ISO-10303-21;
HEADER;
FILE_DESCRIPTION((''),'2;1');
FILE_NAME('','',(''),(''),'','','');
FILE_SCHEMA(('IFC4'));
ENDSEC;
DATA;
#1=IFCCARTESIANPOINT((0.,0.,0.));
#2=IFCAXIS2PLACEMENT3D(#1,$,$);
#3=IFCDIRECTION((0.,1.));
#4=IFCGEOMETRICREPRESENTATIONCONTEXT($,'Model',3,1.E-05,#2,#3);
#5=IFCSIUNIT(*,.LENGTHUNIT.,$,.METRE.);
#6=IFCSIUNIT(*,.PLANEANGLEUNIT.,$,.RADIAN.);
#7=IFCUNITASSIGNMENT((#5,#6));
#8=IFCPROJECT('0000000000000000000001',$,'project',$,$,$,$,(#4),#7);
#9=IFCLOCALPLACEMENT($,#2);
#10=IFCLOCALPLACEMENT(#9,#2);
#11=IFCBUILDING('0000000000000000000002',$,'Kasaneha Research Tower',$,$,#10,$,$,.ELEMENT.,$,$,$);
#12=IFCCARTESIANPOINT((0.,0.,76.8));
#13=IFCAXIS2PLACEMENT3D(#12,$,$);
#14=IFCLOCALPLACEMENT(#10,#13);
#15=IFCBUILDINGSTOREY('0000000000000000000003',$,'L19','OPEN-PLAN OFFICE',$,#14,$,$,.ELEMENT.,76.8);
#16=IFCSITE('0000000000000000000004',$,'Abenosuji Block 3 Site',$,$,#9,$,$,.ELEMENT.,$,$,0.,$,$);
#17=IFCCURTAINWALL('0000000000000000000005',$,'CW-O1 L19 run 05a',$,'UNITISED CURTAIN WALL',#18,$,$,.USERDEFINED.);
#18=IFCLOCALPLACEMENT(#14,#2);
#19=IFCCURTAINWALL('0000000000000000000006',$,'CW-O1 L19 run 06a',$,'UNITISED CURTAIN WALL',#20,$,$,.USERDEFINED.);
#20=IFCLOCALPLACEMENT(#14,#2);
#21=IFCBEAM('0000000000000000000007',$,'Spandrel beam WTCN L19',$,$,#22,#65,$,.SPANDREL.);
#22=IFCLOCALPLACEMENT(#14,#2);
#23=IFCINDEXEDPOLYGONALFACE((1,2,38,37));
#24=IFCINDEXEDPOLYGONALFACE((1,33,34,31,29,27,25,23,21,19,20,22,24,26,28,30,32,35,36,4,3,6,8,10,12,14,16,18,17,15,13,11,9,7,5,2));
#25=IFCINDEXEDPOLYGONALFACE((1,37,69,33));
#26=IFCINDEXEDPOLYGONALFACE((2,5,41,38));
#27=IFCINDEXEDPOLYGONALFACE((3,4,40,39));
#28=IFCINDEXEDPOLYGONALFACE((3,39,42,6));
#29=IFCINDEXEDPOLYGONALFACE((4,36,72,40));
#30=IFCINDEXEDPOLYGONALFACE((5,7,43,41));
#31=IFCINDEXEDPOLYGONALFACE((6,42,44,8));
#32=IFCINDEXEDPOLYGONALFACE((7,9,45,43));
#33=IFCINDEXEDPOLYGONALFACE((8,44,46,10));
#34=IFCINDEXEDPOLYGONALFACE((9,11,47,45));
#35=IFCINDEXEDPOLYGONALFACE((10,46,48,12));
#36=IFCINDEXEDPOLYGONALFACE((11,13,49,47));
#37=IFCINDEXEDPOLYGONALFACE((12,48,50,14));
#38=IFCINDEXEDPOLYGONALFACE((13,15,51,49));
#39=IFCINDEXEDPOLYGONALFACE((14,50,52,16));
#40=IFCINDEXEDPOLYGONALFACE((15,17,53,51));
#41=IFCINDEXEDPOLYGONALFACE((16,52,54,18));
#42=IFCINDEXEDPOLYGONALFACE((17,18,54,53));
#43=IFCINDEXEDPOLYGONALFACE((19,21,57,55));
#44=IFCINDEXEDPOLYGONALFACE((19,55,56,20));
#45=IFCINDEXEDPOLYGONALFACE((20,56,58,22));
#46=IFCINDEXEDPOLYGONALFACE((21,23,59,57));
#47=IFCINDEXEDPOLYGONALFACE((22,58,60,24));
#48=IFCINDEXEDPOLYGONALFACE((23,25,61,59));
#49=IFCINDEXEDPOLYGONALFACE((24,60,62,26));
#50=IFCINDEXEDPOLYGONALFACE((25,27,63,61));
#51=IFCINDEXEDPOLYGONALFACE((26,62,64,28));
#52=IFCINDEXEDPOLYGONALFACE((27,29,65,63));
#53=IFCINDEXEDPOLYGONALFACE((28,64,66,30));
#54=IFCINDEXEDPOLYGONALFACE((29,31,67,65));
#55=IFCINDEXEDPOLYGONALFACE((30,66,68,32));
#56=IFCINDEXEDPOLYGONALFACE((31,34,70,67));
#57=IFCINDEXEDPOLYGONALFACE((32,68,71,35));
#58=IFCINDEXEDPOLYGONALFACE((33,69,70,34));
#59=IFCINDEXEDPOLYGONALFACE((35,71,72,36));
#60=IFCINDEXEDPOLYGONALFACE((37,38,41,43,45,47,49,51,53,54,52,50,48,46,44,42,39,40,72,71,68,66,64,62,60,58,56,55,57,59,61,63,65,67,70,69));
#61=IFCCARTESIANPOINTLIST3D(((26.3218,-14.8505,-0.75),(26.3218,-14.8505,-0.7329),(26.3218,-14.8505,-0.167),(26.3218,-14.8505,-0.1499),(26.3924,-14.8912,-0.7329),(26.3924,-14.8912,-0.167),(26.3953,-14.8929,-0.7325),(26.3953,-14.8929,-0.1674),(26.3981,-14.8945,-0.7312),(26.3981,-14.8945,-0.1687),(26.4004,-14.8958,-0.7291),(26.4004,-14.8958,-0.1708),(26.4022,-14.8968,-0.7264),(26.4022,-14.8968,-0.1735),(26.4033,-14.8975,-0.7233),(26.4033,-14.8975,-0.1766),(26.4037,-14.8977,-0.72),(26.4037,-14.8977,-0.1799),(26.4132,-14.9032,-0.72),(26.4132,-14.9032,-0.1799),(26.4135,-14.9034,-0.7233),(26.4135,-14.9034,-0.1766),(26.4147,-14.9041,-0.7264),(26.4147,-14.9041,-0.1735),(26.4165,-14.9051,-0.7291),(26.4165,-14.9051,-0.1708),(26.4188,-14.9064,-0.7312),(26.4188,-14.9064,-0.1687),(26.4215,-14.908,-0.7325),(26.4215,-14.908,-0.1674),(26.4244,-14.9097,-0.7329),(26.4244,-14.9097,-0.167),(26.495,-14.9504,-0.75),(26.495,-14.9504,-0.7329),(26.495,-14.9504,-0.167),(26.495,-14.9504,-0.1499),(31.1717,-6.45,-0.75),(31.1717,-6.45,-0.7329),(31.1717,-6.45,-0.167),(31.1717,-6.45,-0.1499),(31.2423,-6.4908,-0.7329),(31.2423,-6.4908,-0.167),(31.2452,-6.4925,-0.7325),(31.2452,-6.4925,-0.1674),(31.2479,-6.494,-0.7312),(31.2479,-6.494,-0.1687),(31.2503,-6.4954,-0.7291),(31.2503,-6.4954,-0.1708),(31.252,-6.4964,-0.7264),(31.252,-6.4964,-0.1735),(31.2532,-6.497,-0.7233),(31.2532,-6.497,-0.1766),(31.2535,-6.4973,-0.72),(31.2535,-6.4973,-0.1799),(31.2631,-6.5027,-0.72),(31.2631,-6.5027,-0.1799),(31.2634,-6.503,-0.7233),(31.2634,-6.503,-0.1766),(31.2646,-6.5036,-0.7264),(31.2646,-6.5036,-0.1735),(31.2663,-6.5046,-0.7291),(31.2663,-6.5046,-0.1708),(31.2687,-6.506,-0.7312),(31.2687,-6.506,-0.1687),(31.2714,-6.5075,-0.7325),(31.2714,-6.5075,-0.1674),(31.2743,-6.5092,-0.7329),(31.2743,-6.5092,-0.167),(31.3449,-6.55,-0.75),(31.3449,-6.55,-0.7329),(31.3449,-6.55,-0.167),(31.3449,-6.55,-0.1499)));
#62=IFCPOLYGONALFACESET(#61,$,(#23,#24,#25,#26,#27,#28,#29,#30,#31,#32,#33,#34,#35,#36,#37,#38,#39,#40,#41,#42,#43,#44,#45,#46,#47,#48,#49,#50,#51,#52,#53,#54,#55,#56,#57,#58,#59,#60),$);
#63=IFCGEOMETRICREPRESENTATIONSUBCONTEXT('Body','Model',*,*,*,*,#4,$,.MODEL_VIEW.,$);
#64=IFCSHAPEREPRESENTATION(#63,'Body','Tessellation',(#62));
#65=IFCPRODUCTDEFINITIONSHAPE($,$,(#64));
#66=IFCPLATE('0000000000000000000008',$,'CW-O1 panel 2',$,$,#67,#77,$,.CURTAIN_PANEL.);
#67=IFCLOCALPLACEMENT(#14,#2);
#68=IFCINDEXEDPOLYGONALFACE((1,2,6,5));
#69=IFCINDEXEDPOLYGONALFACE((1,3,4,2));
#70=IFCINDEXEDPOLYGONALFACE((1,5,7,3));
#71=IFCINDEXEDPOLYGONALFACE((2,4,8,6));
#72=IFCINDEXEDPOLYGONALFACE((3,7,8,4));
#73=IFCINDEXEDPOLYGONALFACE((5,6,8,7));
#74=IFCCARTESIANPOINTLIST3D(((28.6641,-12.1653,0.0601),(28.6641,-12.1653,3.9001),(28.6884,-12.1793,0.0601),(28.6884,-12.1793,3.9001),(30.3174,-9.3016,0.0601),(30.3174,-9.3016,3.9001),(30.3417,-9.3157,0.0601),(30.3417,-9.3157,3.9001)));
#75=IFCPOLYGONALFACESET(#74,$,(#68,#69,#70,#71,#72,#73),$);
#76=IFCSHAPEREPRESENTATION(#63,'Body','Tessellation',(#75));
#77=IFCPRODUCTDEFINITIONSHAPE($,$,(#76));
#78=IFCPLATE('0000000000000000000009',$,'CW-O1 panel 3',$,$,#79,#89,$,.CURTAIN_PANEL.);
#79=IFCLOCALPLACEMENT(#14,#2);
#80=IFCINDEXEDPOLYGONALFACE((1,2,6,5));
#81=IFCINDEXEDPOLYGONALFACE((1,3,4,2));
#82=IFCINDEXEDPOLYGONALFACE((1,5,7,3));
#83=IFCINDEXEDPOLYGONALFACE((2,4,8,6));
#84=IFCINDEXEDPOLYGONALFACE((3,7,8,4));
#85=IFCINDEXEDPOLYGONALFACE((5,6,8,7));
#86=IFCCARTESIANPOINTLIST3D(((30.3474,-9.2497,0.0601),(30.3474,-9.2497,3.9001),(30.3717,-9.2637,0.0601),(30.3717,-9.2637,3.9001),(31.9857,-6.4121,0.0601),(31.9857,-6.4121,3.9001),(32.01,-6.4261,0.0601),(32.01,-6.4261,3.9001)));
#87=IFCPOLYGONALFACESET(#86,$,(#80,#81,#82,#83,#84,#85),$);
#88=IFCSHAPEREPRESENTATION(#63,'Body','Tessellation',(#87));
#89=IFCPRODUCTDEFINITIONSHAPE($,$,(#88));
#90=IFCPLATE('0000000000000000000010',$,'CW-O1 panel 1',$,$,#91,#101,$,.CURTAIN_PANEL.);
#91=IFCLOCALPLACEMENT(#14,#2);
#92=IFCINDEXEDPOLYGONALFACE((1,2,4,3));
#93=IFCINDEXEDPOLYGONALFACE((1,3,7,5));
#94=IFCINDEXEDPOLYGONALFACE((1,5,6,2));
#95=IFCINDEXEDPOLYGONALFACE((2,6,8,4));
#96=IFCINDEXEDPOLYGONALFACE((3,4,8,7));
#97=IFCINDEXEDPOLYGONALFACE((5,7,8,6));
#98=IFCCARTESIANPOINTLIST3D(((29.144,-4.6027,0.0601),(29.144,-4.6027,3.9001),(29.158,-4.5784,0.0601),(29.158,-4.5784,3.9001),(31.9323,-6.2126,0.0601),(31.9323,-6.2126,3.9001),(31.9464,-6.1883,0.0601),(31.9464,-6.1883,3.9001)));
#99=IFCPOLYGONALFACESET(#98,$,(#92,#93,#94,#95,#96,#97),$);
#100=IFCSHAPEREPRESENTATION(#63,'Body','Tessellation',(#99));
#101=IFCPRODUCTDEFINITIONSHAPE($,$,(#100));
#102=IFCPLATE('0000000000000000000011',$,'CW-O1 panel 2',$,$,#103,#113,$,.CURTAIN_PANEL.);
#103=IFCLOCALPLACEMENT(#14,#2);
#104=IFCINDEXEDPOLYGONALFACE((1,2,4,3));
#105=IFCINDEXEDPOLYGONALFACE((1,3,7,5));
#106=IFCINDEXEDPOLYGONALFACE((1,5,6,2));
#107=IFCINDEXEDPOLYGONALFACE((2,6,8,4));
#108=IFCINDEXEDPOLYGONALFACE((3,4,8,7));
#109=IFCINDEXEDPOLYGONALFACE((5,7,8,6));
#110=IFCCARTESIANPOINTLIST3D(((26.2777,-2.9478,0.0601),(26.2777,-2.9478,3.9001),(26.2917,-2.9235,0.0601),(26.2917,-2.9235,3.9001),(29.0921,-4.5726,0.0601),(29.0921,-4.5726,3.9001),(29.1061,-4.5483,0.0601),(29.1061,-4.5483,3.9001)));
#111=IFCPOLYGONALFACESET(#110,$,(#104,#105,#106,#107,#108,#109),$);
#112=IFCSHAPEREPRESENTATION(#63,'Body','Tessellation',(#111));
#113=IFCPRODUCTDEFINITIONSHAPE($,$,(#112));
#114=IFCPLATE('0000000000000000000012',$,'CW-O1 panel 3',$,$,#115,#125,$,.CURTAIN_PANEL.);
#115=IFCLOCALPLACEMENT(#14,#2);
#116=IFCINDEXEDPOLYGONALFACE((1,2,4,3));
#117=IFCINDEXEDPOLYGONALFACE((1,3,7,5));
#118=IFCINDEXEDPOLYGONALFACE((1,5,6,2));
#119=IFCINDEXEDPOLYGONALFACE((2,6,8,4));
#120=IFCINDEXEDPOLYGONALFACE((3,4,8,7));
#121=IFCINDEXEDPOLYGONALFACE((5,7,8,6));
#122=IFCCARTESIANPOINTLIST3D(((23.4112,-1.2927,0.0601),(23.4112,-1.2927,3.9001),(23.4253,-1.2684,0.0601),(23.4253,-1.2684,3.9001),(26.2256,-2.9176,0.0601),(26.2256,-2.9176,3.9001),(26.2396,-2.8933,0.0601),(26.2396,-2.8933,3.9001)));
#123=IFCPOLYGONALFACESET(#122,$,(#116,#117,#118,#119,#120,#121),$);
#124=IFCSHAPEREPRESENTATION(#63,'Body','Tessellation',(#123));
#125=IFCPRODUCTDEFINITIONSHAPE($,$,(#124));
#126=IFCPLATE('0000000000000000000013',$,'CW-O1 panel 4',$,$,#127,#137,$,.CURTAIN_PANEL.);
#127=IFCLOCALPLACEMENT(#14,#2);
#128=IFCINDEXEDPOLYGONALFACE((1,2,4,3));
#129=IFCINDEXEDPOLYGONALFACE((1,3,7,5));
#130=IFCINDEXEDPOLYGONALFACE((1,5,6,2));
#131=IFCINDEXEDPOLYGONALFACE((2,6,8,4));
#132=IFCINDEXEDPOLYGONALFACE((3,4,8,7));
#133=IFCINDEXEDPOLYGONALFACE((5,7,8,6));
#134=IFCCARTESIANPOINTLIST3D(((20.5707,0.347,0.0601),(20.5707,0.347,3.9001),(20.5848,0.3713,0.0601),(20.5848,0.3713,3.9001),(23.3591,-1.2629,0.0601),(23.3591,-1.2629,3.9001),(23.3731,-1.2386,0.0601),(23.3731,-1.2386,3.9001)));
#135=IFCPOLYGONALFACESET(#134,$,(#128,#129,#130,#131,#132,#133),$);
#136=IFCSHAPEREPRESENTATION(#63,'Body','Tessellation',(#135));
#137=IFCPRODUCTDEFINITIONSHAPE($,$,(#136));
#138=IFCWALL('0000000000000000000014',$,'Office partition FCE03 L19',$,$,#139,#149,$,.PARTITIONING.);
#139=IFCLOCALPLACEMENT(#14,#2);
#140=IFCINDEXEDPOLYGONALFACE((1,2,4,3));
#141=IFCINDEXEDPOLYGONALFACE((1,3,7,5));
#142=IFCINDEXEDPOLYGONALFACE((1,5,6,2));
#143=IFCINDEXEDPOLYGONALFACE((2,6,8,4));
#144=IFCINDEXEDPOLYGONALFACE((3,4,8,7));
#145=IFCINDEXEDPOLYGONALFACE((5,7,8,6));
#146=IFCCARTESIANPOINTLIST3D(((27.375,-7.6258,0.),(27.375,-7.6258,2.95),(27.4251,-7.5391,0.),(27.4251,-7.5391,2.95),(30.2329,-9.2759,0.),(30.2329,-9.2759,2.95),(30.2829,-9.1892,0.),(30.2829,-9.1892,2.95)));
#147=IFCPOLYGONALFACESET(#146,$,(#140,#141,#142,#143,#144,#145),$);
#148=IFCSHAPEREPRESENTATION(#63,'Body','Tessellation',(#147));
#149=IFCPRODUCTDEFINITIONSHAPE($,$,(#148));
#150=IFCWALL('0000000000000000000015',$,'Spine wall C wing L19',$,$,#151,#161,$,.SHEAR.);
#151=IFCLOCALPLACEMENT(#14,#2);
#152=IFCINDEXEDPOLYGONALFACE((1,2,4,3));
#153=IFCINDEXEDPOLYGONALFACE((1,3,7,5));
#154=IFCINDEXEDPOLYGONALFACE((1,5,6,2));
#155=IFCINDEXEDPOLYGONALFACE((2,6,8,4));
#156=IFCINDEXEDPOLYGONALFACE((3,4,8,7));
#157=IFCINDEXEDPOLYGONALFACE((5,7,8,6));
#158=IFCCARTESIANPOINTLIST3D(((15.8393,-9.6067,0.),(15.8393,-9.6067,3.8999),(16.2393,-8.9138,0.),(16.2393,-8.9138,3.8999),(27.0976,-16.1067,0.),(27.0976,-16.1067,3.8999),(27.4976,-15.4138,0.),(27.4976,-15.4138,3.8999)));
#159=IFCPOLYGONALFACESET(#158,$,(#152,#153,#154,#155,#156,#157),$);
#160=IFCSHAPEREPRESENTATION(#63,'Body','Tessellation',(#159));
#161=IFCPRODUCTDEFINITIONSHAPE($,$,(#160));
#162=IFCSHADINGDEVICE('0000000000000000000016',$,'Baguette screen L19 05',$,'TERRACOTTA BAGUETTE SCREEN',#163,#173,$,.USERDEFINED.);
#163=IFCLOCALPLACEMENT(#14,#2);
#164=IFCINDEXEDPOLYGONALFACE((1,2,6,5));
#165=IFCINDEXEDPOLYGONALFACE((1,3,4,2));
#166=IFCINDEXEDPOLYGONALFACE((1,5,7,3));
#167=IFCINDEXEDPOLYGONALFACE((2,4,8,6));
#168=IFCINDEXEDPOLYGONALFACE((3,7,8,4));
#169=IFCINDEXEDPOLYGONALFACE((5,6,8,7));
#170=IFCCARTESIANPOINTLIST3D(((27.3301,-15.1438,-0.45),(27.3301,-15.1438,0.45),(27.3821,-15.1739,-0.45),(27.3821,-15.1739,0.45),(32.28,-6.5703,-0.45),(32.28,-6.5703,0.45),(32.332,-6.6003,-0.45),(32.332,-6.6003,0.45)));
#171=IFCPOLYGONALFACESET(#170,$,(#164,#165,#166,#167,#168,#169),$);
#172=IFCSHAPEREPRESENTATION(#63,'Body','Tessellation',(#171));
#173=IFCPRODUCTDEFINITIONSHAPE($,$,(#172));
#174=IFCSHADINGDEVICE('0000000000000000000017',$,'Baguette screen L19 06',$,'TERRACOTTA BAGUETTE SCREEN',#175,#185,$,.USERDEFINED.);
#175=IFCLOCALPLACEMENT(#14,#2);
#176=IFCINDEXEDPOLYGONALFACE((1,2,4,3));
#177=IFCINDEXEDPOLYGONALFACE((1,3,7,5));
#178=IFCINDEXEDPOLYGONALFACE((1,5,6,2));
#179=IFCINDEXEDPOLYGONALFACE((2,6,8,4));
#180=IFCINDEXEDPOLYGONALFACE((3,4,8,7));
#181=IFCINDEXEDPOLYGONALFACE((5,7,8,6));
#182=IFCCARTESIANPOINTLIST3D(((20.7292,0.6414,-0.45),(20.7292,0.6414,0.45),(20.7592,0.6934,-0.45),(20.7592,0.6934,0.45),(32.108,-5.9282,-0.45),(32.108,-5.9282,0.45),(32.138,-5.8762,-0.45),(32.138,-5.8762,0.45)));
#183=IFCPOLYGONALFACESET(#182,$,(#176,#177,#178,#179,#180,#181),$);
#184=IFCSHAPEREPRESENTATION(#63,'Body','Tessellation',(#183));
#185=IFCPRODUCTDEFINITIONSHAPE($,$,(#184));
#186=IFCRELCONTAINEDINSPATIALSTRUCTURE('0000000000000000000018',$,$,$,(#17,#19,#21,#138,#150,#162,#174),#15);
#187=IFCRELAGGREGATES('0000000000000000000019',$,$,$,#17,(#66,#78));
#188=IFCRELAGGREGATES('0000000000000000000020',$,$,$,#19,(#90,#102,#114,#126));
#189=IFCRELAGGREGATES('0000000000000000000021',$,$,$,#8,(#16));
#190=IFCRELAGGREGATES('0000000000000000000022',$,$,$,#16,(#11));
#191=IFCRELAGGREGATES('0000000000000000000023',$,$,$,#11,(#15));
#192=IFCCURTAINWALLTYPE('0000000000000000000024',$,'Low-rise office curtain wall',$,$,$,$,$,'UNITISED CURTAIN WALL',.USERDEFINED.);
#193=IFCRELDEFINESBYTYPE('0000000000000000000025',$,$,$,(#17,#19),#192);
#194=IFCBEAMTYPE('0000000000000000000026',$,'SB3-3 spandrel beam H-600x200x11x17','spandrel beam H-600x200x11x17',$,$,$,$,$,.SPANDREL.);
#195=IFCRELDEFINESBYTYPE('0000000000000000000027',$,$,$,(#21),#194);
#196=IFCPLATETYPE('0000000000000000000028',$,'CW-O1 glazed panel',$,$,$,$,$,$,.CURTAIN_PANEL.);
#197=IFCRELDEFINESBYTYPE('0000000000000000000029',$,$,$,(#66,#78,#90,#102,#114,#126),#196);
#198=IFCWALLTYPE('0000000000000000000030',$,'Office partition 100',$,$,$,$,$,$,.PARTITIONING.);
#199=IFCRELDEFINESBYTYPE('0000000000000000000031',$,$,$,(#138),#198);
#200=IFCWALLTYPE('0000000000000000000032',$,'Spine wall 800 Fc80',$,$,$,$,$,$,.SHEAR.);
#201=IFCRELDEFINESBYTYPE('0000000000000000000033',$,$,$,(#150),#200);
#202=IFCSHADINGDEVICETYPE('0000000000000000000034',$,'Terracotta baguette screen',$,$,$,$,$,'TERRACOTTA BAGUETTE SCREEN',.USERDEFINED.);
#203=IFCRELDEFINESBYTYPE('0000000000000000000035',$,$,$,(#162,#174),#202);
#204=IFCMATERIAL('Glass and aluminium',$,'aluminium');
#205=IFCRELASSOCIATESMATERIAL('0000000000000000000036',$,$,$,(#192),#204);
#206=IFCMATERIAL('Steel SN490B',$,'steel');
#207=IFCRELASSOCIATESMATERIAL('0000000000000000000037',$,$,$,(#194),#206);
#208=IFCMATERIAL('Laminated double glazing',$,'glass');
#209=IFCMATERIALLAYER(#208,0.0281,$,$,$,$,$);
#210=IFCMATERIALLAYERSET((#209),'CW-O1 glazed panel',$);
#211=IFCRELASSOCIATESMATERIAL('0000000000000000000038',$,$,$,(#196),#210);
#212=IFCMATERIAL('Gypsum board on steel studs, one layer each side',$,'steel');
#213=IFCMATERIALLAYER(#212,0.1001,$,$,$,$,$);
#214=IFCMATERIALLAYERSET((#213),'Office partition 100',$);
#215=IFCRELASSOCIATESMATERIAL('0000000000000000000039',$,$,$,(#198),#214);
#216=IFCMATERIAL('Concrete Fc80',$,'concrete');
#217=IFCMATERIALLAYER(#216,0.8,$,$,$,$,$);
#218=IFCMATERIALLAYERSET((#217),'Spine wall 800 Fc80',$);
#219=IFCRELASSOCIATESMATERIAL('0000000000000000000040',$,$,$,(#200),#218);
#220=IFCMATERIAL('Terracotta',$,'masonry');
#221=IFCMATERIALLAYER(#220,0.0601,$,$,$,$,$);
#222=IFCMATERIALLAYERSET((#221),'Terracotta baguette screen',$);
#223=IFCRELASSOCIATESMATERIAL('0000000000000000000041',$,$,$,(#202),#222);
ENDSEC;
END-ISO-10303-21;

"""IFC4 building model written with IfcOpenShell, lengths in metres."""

from ifc_helpers import new_model, si_unit, direction, frame, frame_2d, origin, origin_2d, place, context, subcontext, project, spatial, rectangle, i_section, extrude, material, layer, layer_set, material_profile, profile_set, type_object, element, aggregate, save


model = new_model("IFC4")

# Units and contexts
model_context = context("Model", 3, precision=1e-05, world=origin(), true_north=direction((0.0, 1.0)))
body_context = subcontext(model_context, "Body", "Model", "MODEL_VIEW")
ifc_project = project(units=[si_unit("LENGTHUNIT", "METRE"), si_unit("PLANEANGLEUNIT", "RADIAN")], contexts=[model_context])

# Site, building, storey
site_placement = place(None, origin())
site = spatial("IfcSite", under=ifc_project, at=site_placement, Name="Abenosuji Block 3 Site", CompositionType="ELEMENT", RefElevation=0.0)
building_placement = place(site_placement, origin())
building = spatial("IfcBuilding", under=site, at=building_placement, Name="Kasaneha Research Tower", CompositionType="ELEMENT")
storey_placement = place(building_placement, frame((0.0, 0.0, 76.8)))
storey = spatial("IfcBuildingStorey", under=building, at=storey_placement, Name="L19", Description="OPEN-PLAN OFFICE", CompositionType="ELEMENT", Elevation=76.8)

# Curtain walls
ifc_material_1 = material(Name="Glass and aluminium", Category="aluminium")
curtain_wall_type = type_object("IfcCurtainWallType", Name="Low-rise office curtain wall", ElementType="UNITISED CURTAIN WALL", PredefinedType="USERDEFINED", material=ifc_material_1)
curtain_wall_1_placement = place(storey_placement, origin())
curtain_wall_1 = element("IfcCurtainWall", 1, at=curtain_wall_1_placement, inside=storey, type_object=curtain_wall_type, Name="CW-O1 L19 run 05a", ObjectType="UNITISED CURTAIN WALL", PredefinedType="USERDEFINED")
curtain_wall_2_placement = place(storey_placement, origin())
curtain_wall_2 = element("IfcCurtainWall", 2, at=curtain_wall_2_placement, inside=storey, type_object=curtain_wall_type, Name="CW-O1 L19 run 06a", ObjectType="UNITISED CURTAIN WALL", PredefinedType="USERDEFINED")

# Beam
ifc_material_2 = material(Name="Steel SN490B", Category="steel")
ifc_material_profile_1 = material_profile(ifc_material_2, i_section(OverallWidth=0.2, OverallDepth=0.6001, WebThickness=0.011, FlangeThickness=0.0171, FilletRadius=0.0129, at=origin_2d()), Name="H-600x200x11x17")
ifc_profile_set_1 = profile_set([ifc_material_profile_1], Name="Steel SN490B")
beam_type_1 = type_object("IfcBeamType", Name="SB3-3 spandrel beam H-600x200x11x17", Description="spandrel beam H-600x200x11x17", PredefinedType="SPANDREL", material=ifc_profile_set_1)
beam_1_placement = place(storey_placement, frame((31.2583, -6.5, -0.45), z_axis=(-0.499991, -0.866031, 0.0), x_axis=(0.866031, -0.499991, 0.0)))
element("IfcBeam", 3, at=beam_1_placement, inside=storey, type_object=beam_type_1, Name="Spandrel beam WTCN L19", PredefinedType="SPANDREL", context=body_context, shape_type="SweptSolid", body=[
    extrude(i_section(OverallWidth=0.2, OverallDepth=0.6001, WebThickness=0.011, FlangeThickness=0.0171, FilletRadius=0.0129, at=origin_2d()), origin(), (0.0, 0.0, 1.0), 9.7),
])

# Plates
ifc_material_3 = material(Name="Laminated double glazing", Category="glass")
ifc_layer_1 = layer(ifc_material_3, 0.0281)
ifc_layer_set_1 = layer_set([ifc_layer_1], Name="CW-O1 glazed panel")
plate_type = type_object("IfcPlateType", Name="CW-O1 glazed panel", PredefinedType="CURTAIN_PANEL", material=ifc_layer_set_1)
plate_1_placement = place(storey_placement, frame((29.5029, -10.7405, 0.0601), z_axis=(0.0, 0.0, 1.0), x_axis=(0.5, 0.866025, 0.0)))
plate_1 = element("IfcPlate", 4, at=plate_1_placement, type_object=plate_type, Name="CW-O1 panel 2", PredefinedType="CURTAIN_PANEL", context=body_context, shape_type="SweptSolid", body=[
    extrude(rectangle(XDim=3.3066, YDim=0.0281, at=origin_2d()), origin(), (0.0, 0.0, 1.0), 3.8401),
])
plate_2_placement = place(storey_placement, frame((31.1787, -7.8379, 0.0601), z_axis=(0.0, 0.0, 1.0), x_axis=(0.5, 0.866025, 0.0)))
plate_2 = element("IfcPlate", 5, at=plate_2_placement, type_object=plate_type, Name="CW-O1 panel 3", PredefinedType="CURTAIN_PANEL", context=body_context, shape_type="SweptSolid", body=[
    extrude(rectangle(XDim=3.2766, YDim=0.0281, at=origin_2d()), origin(), (0.0, 0.0, 1.0), 3.8401),
])
aggregate(curtain_wall_1, [plate_1, plate_2])
plate_3_placement = place(storey_placement, frame((30.5452, -5.3955, 0.0601), z_axis=(0.0, 0.0, 1.0), x_axis=(-0.866025, 0.5, 0.0)))
plate_3 = element("IfcPlate", 6, at=plate_3_placement, type_object=plate_type, Name="CW-O1 panel 1", PredefinedType="CURTAIN_PANEL", context=body_context, shape_type="SweptSolid", body=[
    extrude(rectangle(XDim=3.2197, YDim=0.0281, at=origin_2d()), origin(), (0.0, 0.0, 1.0), 3.8401),
])
plate_4_placement = place(storey_placement, frame((27.6919, -3.748, 0.0601), z_axis=(0.0, 0.0, 1.0), x_axis=(-0.866025, 0.5, 0.0)))
plate_4 = element("IfcPlate", 7, at=plate_4_placement, type_object=plate_type, Name="CW-O1 panel 2", PredefinedType="CURTAIN_PANEL", context=body_context, shape_type="SweptSolid", body=[
    extrude(rectangle(XDim=3.2498, YDim=0.0281, at=origin_2d()), origin(), (0.0, 0.0, 1.0), 3.8401),
])
plate_5_placement = place(storey_placement, frame((24.8254, -2.093, 0.0601), z_axis=(0.0, 0.0, 1.0), x_axis=(-0.866025, 0.5, 0.0)))
plate_5 = element("IfcPlate", 8, at=plate_5_placement, type_object=plate_type, Name="CW-O1 panel 3", PredefinedType="CURTAIN_PANEL", context=body_context, shape_type="SweptSolid", body=[
    extrude(rectangle(XDim=3.2498, YDim=0.0281, at=origin_2d()), origin(), (0.0, 0.0, 1.0), 3.8401),
])
plate_6_placement = place(storey_placement, frame((21.9719, -0.4458, 0.0601), z_axis=(0.0, 0.0, 1.0), x_axis=(-0.866025, 0.5, 0.0)))
plate_6 = element("IfcPlate", 9, at=plate_6_placement, type_object=plate_type, Name="CW-O1 panel 4", PredefinedType="CURTAIN_PANEL", context=body_context, shape_type="SweptSolid", body=[
    extrude(rectangle(XDim=3.2197, YDim=0.0281, at=origin_2d()), origin(), (0.0, 0.0, 1.0), 3.8401),
])
aggregate(curtain_wall_2, [plate_3, plate_4, plate_5, plate_6])

# Walls
ifc_material_4 = material(Name="Gypsum board on steel studs, one layer each side", Category="steel")
ifc_layer_2 = layer(ifc_material_4, 0.1001)
ifc_layer_set_2 = layer_set([ifc_layer_2], Name="Office partition 100")
wall_type_1 = type_object("IfcWallType", Name="Office partition 100", PredefinedType="PARTITIONING", material=ifc_layer_set_2)
wall_1_placement = place(storey_placement, frame((27.4001, -7.5825, 0.0), z_axis=(0.0, 0.0, 1.0), x_axis=(0.866008, -0.50003, 0.0)))
element("IfcWall", 10, at=wall_1_placement, inside=storey, type_object=wall_type_1, Name="Office partition FCE03 L19", PredefinedType="PARTITIONING", context=body_context, shape_type="SweptSolid", body=[
    extrude(rectangle(XDim=3.3, YDim=0.1001, at=frame_2d((1.6499, 0.0))), origin(), (0.0, 0.0, 1.0), 2.95),
])
ifc_material_5 = material(Name="Concrete Fc80", Category="concrete")
ifc_layer_3 = layer(ifc_material_5, 0.8)
ifc_layer_set_3 = layer_set([ifc_layer_3], Name="Spine wall 800 Fc80")
wall_type_2 = type_object("IfcWallType", Name="Spine wall 800 Fc80", PredefinedType="SHEAR", material=ifc_layer_set_3)
wall_2_placement = place(storey_placement, frame((16.0393, -9.2603, 0.0), z_axis=(0.0, 0.0, 1.0), x_axis=(0.866025, -0.500001, 0.0)))
element("IfcWall", 11, at=wall_2_placement, inside=storey, type_object=wall_type_2, Name="Spine wall C wing L19", PredefinedType="SHEAR", context=body_context, shape_type="SweptSolid", body=[
    extrude(rectangle(XDim=13.0, YDim=0.8, at=frame_2d((6.5, 0.0))), origin(), (0.0, 0.0, 1.0), 3.8999),
])

# Shading devices
ifc_material_6 = material(Name="Terracotta", Category="masonry")
ifc_layer_4 = layer(ifc_material_6, 0.0601)
ifc_layer_set_4 = layer_set([ifc_layer_4], Name="Terracotta baguette screen")
shading_device_type = type_object("IfcShadingDeviceType", Name="Terracotta baguette screen", ElementType="TERRACOTTA BAGUETTE SCREEN", PredefinedType="USERDEFINED", material=ifc_layer_set_4)
shading_device_1_placement = place(storey_placement, frame((29.8311, -10.8721, -0.45), z_axis=(0.0, 0.0, 1.0), x_axis=(0.5, 0.866025, 0.0)))
element("IfcShadingDevice", 12, at=shading_device_1_placement, inside=storey, type_object=shading_device_type, Name="Baguette screen L19 05", ObjectType="TERRACOTTA BAGUETTE SCREEN", PredefinedType="USERDEFINED", context=body_context, shape_type="SweptSolid", body=[
    extrude(rectangle(XDim=9.8999, YDim=0.0601, at=origin_2d()), origin(), (0.0, 0.0, 1.0), 0.8999),
])
shading_device_2_placement = place(storey_placement, frame((26.4336, -2.6174, -0.45), z_axis=(0.0, 0.0, 1.0), x_axis=(-0.866025, 0.5, 0.0)))
element("IfcShadingDevice", 13, at=shading_device_2_placement, inside=storey, type_object=shading_device_type, Name="Baguette screen L19 06", ObjectType="TERRACOTTA BAGUETTE SCREEN", PredefinedType="USERDEFINED", context=body_context, shape_type="SweptSolid", body=[
    extrude(rectangle(XDim=13.1392, YDim=0.0601, at=origin_2d()), origin(), (0.0, 0.0, 1.0), 0.8999),
])

save(model, "model.ifc")
